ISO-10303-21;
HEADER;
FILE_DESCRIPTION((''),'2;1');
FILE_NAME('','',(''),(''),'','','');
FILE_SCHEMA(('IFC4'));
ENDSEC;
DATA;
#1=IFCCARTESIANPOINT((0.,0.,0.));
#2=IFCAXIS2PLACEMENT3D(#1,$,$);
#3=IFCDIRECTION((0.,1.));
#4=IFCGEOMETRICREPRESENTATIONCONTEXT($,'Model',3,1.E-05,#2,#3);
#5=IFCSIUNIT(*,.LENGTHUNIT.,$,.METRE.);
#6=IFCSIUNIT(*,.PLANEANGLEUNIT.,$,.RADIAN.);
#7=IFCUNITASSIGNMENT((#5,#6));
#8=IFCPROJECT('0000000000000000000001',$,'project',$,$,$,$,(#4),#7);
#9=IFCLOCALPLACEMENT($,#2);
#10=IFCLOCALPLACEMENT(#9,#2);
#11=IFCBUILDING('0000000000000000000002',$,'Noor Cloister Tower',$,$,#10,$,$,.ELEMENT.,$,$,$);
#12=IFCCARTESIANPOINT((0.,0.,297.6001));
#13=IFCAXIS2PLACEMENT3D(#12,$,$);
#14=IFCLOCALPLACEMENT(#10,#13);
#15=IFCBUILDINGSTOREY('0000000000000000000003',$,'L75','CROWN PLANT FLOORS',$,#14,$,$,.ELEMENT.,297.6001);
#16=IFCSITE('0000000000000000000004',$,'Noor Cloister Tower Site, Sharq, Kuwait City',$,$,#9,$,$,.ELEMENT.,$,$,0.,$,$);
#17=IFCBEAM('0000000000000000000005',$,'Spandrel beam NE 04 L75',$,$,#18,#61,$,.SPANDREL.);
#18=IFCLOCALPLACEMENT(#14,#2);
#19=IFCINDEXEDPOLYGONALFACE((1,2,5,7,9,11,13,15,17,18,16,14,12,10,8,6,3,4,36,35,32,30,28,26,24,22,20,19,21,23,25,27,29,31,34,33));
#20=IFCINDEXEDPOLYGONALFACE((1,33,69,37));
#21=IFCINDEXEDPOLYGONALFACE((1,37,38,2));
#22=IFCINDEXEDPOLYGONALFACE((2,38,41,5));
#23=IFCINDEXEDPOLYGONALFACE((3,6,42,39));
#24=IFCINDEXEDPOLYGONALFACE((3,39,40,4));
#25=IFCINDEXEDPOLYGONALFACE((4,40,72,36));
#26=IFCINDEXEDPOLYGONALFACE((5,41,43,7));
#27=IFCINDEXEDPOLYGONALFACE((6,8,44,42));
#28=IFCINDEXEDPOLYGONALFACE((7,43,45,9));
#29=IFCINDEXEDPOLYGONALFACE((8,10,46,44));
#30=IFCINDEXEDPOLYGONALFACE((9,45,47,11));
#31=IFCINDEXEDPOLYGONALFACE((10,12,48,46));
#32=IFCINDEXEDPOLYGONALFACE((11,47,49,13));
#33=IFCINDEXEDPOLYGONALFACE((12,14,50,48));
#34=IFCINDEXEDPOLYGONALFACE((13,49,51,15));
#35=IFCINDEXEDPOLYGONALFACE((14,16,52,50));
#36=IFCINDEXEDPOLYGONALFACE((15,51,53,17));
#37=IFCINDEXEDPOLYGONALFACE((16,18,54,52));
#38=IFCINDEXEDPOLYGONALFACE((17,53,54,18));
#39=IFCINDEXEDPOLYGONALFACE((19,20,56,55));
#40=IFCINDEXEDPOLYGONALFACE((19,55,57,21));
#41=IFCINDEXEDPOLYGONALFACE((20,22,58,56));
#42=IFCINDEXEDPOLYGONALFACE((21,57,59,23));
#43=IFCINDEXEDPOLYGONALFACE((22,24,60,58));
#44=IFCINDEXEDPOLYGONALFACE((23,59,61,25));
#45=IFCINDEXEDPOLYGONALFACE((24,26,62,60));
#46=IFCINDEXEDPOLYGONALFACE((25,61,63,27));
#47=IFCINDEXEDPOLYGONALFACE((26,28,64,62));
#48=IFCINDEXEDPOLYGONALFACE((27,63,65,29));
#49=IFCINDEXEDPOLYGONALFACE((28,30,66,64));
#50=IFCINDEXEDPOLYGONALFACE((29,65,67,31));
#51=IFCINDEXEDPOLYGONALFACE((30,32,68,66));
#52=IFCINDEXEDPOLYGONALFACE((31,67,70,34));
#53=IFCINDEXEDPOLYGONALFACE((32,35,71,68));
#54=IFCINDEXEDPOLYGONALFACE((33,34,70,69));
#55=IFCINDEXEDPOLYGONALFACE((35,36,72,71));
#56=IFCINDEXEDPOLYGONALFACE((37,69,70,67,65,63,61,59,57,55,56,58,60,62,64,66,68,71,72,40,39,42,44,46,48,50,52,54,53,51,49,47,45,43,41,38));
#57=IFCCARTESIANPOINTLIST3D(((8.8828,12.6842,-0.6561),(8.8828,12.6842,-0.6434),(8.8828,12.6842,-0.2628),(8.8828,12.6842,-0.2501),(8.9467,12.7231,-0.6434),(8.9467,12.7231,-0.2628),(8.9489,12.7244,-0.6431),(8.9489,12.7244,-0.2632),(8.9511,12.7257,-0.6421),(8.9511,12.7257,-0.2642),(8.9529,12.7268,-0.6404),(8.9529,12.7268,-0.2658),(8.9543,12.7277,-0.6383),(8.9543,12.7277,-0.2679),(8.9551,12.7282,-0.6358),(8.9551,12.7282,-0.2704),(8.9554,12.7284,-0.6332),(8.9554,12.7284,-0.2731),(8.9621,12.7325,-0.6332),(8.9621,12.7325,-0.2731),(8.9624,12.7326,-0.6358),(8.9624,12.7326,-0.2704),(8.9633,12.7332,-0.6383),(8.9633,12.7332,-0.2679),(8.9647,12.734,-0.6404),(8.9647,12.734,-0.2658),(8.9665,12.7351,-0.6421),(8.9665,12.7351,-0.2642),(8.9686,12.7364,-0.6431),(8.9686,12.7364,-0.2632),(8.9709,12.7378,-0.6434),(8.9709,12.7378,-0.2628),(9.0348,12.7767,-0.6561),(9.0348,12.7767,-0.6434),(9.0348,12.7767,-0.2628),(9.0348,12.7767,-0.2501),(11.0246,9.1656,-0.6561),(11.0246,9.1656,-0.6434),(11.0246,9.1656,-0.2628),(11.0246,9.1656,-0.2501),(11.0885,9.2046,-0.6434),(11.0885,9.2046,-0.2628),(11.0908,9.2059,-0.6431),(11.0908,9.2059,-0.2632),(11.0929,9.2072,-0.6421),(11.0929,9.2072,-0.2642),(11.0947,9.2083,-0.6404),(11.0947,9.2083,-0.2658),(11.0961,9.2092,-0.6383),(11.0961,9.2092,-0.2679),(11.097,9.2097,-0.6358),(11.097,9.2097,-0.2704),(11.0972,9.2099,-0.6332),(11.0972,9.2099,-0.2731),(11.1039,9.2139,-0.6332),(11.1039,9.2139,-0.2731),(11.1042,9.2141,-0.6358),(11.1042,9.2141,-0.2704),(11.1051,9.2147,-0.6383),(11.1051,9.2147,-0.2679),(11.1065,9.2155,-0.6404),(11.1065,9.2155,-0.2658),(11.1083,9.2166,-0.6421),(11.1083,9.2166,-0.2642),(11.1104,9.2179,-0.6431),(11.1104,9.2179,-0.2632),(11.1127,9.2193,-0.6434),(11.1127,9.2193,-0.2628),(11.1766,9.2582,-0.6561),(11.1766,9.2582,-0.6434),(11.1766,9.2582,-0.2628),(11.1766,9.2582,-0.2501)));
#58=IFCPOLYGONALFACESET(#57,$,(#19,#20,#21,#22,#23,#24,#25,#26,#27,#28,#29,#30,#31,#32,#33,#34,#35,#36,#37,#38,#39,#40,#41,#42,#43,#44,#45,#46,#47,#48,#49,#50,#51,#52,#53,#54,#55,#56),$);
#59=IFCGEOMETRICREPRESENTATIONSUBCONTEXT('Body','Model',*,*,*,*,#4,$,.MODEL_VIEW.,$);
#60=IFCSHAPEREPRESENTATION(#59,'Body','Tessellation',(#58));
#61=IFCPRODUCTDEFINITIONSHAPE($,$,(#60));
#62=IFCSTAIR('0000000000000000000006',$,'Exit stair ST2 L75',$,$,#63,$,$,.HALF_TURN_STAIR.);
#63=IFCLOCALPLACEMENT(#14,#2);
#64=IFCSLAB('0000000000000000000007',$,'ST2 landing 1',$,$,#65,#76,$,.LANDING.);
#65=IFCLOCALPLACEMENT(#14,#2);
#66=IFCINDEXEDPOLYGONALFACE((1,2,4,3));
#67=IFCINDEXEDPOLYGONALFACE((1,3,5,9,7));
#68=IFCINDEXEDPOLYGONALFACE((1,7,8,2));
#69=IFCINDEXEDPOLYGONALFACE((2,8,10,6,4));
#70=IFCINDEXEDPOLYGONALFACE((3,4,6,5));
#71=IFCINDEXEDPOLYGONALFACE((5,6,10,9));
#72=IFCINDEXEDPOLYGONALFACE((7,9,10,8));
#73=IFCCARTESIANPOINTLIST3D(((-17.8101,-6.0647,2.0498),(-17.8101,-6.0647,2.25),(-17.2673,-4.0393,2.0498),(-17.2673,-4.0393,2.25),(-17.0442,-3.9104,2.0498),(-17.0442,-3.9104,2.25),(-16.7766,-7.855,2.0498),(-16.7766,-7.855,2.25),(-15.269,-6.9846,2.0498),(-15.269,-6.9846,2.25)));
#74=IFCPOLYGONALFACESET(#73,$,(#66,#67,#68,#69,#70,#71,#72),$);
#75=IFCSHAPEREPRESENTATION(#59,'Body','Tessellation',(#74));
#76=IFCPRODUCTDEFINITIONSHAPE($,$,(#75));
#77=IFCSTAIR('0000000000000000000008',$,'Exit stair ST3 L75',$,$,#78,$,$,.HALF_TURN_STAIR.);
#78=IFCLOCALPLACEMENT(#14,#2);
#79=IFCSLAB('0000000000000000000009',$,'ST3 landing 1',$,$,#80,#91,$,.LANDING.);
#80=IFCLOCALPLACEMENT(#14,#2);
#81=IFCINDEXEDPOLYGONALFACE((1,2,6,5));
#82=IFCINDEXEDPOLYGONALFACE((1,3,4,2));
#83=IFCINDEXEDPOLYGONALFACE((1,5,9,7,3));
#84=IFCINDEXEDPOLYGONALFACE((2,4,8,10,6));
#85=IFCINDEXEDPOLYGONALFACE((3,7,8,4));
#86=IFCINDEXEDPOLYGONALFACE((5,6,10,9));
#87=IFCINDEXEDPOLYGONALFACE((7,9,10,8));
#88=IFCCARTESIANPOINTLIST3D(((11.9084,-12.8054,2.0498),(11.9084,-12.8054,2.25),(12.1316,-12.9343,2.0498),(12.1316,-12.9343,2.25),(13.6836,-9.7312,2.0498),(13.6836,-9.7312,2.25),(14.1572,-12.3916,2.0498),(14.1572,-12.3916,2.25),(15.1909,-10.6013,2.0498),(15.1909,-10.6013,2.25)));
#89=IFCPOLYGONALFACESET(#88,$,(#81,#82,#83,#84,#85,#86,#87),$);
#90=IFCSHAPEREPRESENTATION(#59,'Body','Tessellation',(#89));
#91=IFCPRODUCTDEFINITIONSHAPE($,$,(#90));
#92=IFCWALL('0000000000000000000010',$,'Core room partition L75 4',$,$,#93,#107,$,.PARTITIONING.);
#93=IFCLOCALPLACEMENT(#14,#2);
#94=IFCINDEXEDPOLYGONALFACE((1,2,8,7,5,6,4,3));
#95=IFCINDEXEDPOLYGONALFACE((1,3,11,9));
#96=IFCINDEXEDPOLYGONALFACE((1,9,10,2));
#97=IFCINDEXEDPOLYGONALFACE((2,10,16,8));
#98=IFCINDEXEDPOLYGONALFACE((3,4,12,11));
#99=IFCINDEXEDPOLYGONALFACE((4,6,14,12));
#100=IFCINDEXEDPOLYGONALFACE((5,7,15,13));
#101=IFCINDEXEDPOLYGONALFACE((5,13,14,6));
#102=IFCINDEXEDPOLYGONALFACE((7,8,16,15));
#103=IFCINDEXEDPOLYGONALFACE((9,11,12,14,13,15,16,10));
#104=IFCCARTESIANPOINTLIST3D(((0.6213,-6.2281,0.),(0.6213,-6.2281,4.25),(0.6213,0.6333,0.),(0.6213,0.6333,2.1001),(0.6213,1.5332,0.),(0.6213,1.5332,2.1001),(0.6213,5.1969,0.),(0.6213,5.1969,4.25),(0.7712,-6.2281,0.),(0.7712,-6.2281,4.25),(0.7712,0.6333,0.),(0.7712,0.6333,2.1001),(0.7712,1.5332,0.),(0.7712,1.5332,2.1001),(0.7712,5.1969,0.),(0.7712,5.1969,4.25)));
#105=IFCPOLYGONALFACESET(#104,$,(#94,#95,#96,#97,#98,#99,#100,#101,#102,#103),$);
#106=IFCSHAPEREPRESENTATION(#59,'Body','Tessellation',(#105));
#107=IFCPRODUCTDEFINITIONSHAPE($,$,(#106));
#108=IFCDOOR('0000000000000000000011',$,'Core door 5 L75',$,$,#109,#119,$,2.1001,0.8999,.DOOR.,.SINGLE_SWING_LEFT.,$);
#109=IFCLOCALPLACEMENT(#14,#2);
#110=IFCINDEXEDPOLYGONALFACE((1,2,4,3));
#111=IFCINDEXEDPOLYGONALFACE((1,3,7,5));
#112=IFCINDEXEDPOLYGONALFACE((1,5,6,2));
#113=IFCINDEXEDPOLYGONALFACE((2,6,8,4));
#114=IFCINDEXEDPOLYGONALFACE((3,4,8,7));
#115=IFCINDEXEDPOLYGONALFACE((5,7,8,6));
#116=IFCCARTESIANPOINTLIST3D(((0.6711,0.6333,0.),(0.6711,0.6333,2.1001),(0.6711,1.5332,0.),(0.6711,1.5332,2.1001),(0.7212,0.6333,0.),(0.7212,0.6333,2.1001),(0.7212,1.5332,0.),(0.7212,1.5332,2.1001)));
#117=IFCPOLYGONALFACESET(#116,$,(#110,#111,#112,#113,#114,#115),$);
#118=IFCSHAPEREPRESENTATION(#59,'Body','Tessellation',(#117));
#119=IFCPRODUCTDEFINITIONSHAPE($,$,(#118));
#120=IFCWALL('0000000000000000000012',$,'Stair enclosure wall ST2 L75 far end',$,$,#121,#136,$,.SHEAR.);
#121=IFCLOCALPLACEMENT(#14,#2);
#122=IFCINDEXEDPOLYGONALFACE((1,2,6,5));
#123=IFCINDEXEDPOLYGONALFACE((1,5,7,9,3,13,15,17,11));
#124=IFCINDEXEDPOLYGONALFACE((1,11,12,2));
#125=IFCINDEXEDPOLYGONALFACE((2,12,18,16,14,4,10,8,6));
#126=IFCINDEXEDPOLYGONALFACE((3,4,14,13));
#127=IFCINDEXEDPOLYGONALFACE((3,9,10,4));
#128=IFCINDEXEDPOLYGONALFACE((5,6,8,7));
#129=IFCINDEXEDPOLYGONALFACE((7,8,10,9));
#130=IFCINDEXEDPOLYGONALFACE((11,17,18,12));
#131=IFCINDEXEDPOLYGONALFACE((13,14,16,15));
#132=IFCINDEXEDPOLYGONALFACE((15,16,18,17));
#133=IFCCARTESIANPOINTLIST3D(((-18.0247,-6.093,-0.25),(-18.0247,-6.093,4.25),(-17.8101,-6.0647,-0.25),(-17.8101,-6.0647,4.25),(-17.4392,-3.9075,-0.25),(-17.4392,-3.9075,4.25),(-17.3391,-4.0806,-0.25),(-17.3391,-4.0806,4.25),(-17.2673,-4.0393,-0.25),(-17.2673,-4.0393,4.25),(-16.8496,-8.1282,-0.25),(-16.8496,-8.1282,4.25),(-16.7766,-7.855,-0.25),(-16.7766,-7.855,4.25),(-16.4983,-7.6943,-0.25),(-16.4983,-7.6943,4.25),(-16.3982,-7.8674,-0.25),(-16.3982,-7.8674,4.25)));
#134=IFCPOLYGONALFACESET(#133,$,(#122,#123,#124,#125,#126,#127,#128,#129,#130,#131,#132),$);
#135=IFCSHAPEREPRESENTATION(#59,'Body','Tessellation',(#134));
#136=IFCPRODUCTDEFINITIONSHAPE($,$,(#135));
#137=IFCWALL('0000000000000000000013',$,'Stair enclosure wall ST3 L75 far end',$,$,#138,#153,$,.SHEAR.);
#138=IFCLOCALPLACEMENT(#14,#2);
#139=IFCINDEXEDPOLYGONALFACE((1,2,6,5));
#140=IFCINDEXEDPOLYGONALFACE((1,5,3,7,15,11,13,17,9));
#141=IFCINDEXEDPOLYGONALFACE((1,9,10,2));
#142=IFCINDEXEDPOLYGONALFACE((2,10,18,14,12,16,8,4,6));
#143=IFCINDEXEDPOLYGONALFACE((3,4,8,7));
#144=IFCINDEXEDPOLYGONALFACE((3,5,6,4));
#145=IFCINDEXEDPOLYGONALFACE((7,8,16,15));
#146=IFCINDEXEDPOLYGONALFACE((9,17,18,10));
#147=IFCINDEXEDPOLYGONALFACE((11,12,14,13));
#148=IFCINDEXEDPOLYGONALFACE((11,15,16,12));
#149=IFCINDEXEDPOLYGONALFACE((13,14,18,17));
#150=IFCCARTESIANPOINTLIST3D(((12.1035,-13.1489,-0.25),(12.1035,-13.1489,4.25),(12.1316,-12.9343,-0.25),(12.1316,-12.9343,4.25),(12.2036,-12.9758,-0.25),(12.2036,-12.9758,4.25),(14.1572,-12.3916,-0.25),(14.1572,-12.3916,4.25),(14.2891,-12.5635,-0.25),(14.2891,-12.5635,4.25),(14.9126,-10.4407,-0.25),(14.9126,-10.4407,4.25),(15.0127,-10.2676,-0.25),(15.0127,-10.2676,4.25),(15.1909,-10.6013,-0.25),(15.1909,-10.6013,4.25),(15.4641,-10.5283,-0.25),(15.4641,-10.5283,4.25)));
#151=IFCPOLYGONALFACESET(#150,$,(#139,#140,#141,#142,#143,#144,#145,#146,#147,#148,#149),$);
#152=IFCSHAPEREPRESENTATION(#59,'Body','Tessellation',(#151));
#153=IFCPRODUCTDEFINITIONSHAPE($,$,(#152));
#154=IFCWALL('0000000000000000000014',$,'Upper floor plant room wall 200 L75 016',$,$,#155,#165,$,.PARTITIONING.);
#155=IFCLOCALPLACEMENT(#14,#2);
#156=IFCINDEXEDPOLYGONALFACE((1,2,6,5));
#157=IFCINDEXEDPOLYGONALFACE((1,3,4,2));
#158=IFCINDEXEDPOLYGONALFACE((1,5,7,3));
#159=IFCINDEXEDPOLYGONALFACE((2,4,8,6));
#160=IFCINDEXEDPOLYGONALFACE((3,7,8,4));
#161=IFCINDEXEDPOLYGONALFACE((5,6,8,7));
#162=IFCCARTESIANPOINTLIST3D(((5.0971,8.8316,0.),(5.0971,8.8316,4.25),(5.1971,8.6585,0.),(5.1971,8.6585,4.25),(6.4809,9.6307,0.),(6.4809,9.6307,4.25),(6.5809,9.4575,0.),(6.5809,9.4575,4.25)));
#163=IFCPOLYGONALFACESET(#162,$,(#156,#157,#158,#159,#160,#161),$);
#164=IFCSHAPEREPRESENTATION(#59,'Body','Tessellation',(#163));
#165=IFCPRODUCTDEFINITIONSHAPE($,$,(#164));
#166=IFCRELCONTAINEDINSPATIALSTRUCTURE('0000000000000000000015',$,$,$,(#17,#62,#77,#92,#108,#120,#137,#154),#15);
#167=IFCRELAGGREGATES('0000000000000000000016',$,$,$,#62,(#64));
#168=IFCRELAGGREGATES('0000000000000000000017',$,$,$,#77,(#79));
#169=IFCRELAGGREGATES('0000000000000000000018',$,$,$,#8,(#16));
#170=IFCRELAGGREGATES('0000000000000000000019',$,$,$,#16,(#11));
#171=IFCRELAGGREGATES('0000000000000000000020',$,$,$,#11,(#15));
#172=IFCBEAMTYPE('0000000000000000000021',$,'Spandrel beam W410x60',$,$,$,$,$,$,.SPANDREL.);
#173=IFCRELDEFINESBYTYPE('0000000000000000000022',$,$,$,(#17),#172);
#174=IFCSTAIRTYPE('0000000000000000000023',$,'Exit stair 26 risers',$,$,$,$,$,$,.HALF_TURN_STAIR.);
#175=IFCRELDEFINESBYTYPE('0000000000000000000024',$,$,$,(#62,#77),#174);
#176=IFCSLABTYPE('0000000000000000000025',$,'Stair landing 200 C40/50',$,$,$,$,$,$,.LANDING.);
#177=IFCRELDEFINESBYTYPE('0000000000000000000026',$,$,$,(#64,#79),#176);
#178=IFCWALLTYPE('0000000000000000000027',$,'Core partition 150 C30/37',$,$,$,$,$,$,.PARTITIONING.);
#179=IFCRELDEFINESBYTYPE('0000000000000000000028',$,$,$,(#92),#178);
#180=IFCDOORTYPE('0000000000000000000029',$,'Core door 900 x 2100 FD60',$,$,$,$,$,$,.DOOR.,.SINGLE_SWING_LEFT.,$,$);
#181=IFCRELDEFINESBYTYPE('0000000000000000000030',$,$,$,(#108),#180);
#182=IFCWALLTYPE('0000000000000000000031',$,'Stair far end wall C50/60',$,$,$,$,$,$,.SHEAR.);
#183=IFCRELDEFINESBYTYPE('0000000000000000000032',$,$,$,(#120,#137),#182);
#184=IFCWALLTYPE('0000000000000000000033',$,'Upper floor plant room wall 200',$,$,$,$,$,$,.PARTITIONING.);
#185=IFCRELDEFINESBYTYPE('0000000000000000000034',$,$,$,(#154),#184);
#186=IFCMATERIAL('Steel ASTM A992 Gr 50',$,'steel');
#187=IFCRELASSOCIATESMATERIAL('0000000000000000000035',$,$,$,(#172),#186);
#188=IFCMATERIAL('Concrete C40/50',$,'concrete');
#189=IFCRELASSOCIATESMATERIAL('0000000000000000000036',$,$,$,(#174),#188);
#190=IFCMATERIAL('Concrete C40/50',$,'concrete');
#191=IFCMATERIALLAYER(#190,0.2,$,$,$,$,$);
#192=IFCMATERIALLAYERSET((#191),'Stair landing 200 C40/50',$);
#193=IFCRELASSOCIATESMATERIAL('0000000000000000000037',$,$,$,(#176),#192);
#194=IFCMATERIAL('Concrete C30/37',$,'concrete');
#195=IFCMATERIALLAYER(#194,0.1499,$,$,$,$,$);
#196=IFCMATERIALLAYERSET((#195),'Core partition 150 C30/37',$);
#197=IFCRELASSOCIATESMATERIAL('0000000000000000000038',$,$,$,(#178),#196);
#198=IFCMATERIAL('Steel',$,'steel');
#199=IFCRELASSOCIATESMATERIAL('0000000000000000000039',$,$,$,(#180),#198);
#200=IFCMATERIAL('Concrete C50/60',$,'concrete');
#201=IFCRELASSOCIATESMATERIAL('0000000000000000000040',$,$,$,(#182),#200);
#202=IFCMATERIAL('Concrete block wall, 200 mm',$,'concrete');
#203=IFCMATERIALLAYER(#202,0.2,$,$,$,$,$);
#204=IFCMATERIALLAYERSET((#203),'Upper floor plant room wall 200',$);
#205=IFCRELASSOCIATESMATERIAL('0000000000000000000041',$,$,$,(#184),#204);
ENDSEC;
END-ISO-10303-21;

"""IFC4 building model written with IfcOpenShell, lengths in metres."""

from ifc_helpers import new_model, si_unit, direction, frame, frame_2d, origin, origin_2d, place, context, subcontext, project, spatial, polyline, rectangle, i_section, outline, extrude, material, layer, layer_set, material_profile, profile_set, type_object, element, fill, aggregate, save


model = new_model("IFC4")

# Units and contexts
model_context = context("Model", 3, precision=1e-05, world=origin(), true_north=direction((0.0, 1.0)))
body_context = subcontext(model_context, "Body", "Model", "MODEL_VIEW")
ifc_project = project(units=[si_unit("LENGTHUNIT", "METRE"), si_unit("PLANEANGLEUNIT", "RADIAN")], contexts=[model_context])

# Site, building, storey
site_placement = place(None, origin())
site = spatial("IfcSite", under=ifc_project, at=site_placement, Name="Noor Cloister Tower Site, Sharq, Kuwait City", CompositionType="ELEMENT", RefElevation=0.0)
building_placement = place(site_placement, origin())
building = spatial("IfcBuilding", under=site, at=building_placement, Name="Noor Cloister Tower", CompositionType="ELEMENT")
storey_placement = place(building_placement, frame((0.0, 0.0, 297.6001)))
storey = spatial("IfcBuildingStorey", under=building, at=storey_placement, Name="L75", Description="CROWN PLANT FLOORS", CompositionType="ELEMENT", Elevation=297.6001)

# Beam
ifc_material_1 = material(Name="Steel ASTM A992 Gr 50", Category="steel")
ifc_material_profile_1 = material_profile(ifc_material_1, i_section(OverallWidth=0.178, OverallDepth=0.406, WebThickness=0.0078, FlangeThickness=0.0127, FilletRadius=0.0103, at=origin_2d()), Name="W410x60")
ifc_profile_set_1 = profile_set([ifc_material_profile_1], Name="Steel ASTM A992 Gr 50")
beam_type_1 = type_object("IfcBeamType", Name="Spandrel beam W410x60", PredefinedType="SPANDREL", material=ifc_profile_set_1)
for number, where, z_axis, x_axis, name in (
    (1, (11.1006, 9.2119, -0.4531), (-0.519968, 0.854186, 0.0), (-0.854186, -0.519968, 0.0), "Spandrel beam NE 04 L75"),
):
    element("IfcBeam", number, at=place(storey_placement, frame(where, z_axis=z_axis, x_axis=x_axis)), inside=storey, type_object=beam_type_1, Name=name, PredefinedType="SPANDREL", context=body_context, shape_type="SweptSolid", body=[
        extrude(i_section(OverallWidth=0.178, OverallDepth=0.406, WebThickness=0.0078, FlangeThickness=0.0127, FilletRadius=0.0103, at=origin_2d()), origin(), (0.0, 0.0, 1.0), 4.1191),
    ])

# Stairs, slabs
ifc_material_2 = material(Name="Concrete C40/50", Category="concrete")
stair_type = type_object("IfcStairType", Name="Exit stair 26 risers", PredefinedType="HALF_TURN_STAIR", material=ifc_material_2)
stair_1_placement = place(storey_placement, origin())
stair_1 = element("IfcStair", 2, at=stair_1_placement, inside=storey, type_object=stair_type, Name="Exit stair ST2 L75", PredefinedType="HALF_TURN_STAIR")
ifc_material_3 = material(Name="Concrete C40/50", Category="concrete")
ifc_layer_1 = layer(ifc_material_3, 0.2)
ifc_layer_set_1 = layer_set([ifc_layer_1], Name="Stair landing 200 C40/50")
slab_type = type_object("IfcSlabType", Name="Stair landing 200 C40/50", PredefinedType="LANDING", material=ifc_layer_set_1)
slab_1_placement = place(storey_placement, frame((0.0, 0.0, 2.0498)))
slab_1 = element("IfcSlab", 3, at=slab_1_placement, type_object=slab_type, Name="ST2 landing 1", PredefinedType="LANDING", context=body_context, shape_type="SweptSolid", body=[
    extrude(outline(polyline([(-17.0442, -3.9104), (-17.2673, -4.0393), (-17.8101, -6.0647), (-16.7766, -7.855), (-15.269, -6.9846), (-17.0442, -3.9104)])), origin(), (0.0, 0.0, 1.0), 0.2002),
])
aggregate(stair_1, [slab_1])
stair_2_placement = place(storey_placement, origin())
stair_2 = element("IfcStair", 4, at=stair_2_placement, inside=storey, type_object=stair_type, Name="Exit stair ST3 L75", PredefinedType="HALF_TURN_STAIR")
slab_2_placement = place(storey_placement, frame((0.0, 0.0, 2.0498)))
slab_2 = element("IfcSlab", 5, at=slab_2_placement, type_object=slab_type, Name="ST3 landing 1", PredefinedType="LANDING", context=body_context, shape_type="SweptSolid", body=[
    extrude(outline(polyline([(11.9084, -12.8054), (12.1316, -12.9343), (14.1572, -12.3916), (15.1909, -10.6013), (13.6836, -9.7312), (11.9084, -12.8054)])), origin(), (0.0, 0.0, 1.0), 0.2002),
])
aggregate(stair_2, [slab_2])

# Wall, opening, door
ifc_material_4 = material(Name="Concrete C30/37", Category="concrete")
ifc_layer_2 = layer(ifc_material_4, 0.1499)
ifc_layer_set_2 = layer_set([ifc_layer_2], Name="Core partition 150 C30/37")
wall_type_1 = type_object("IfcWallType", Name="Core partition 150 C30/37", PredefinedType="PARTITIONING", material=ifc_layer_set_2)
wall_1_placement = place(storey_placement, frame((0.6963, 5.1968, 0.0), z_axis=(0.0, 0.0, 1.0), x_axis=(0.0, -1.0, 0.0)))
wall_1 = element("IfcWall", 6, at=wall_1_placement, inside=storey, type_object=wall_type_1, Name="Core room partition L75 4", PredefinedType="PARTITIONING", context=body_context, shape_type="SweptSolid", body=[
    extrude(rectangle(XDim=11.425, YDim=0.1499, at=frame_2d((5.7124, 0.0))), origin(), (0.0, 0.0, 1.0), 4.25),
])
opening_1_placement = place(wall_1_placement, frame((3.6636, 0.0, 0.0)))
opening_1 = element("IfcOpeningElement", 7, at=opening_1_placement, cuts=wall_1, PredefinedType="OPENING", context=body_context, shape_type="SweptSolid", body=[
    extrude(rectangle(XDim=0.8999, YDim=2.1001, at=frame_2d((0.45, 1.05))), frame((0.0, 0.085, 0.0), z_axis=(0.0, -1.0, 0.0), x_axis=(1.0, 0.0, 0.0)), (0.0, 0.0, 1.0), 0.1699),
])
ifc_material_5 = material(Name="Steel", Category="steel")
door_type_1 = type_object("IfcDoorType", Name="Core door 900 x 2100 FD60", OperationType="SINGLE_SWING_LEFT", PredefinedType="DOOR", material=ifc_material_5)
door_1_placement = place(opening_1_placement, origin())
door_1 = element("IfcDoor", 8, at=door_1_placement, inside=storey, type_object=door_type_1, Name="Core door 5 L75", OperationType="SINGLE_SWING_LEFT", OverallHeight=2.1001, OverallWidth=0.8999, PredefinedType="DOOR", context=body_context, shape_type="SweptSolid", body=[
    extrude(rectangle(XDim=0.8999, YDim=2.1001, at=frame_2d((0.45, 1.05))), frame((0.0, 0.0249, 0.0), z_axis=(0.0, -1.0, 0.0), x_axis=(1.0, 0.0, 0.0)), (0.0, 0.0, 1.0), 0.05),
])
fill(opening_1, door_1)

# Walls
ifc_material_6 = material(Name="Concrete C50/60", Category="concrete")
wall_type_2 = type_object("IfcWallType", Name="Stair far end wall C50/60", PredefinedType="SHEAR", material=ifc_material_6)
wall_2_placement = place(storey_placement, frame((0.0, 0.0, -0.25)))
element("IfcWall", 9, at=wall_2_placement, inside=storey, type_object=wall_type_2, Name="Stair enclosure wall ST2 L75 far end", PredefinedType="SHEAR", context=body_context, shape_type="SweptSolid", body=[
    extrude(outline(polyline([(-17.4392, -3.9075), (-18.0247, -6.093), (-16.8496, -8.1282), (-16.3982, -7.8674), (-16.4983, -7.6943), (-16.4983, -7.6943), (-16.7766, -7.855), (-17.8101, -6.0647), (-17.2673, -4.0393), (-17.3391, -4.0806), (-17.3391, -4.0806), (-17.3391, -4.0806), (-17.3391, -4.0806), (-17.3391, -4.0806), (-17.3391, -4.0806), (-17.3391, -4.0806), (-17.3391, -4.0806), (-17.3391, -4.0806), (-17.3391, -4.0806), (-17.3391, -4.0806), (-17.3391, -4.0806), (-17.3391, -4.0806), (-17.3391, -4.0806), (-17.3391, -4.0806), (-17.3391, -4.0806), (-17.3391, -4.0806), (-17.4392, -3.9075)])), origin(), (0.0, 0.0, 1.0), 4.5),
])
wall_3_placement = place(storey_placement, frame((0.0, 0.0, -0.25)))
element("IfcWall", 10, at=wall_3_placement, inside=storey, type_object=wall_type_2, Name="Stair enclosure wall ST3 L75 far end", PredefinedType="SHEAR", context=body_context, shape_type="SweptSolid", body=[
    extrude(outline(polyline([(12.1035, -13.1489), (14.2891, -12.5635), (15.4641, -10.5283), (15.0127, -10.2676), (14.9126, -10.4407), (15.1909, -10.6013), (14.1572, -12.3916), (12.1316, -12.9343), (12.2036, -12.9758), (12.2036, -12.9758), (12.2036, -12.9758), (12.2036, -12.9758), (12.2036, -12.9758), (12.2036, -12.9758), (12.2036, -12.9758), (12.2036, -12.9758), (12.2036, -12.9758), (12.2036, -12.9758), (12.2036, -12.9758), (12.2036, -12.9758), (12.2036, -12.9758), (12.2036, -12.9758), (12.2036, -12.9758), (12.2036, -12.9758), (12.2036, -12.9758), (12.1035, -13.1489)])), origin(), (0.0, 0.0, 1.0), 4.5),
])
ifc_material_7 = material(Name="Concrete block wall, 200 mm", Category="concrete")
ifc_layer_3 = layer(ifc_material_7, 0.2)
ifc_layer_set_3 = layer_set([ifc_layer_3], Name="Upper floor plant room wall 200")
wall_type_3 = type_object("IfcWallType", Name="Upper floor plant room wall 200", PredefinedType="PARTITIONING", material=ifc_layer_set_3)
wall_4_placement = place(storey_placement, frame((5.1472, 8.7451, 0.0), z_axis=(0.0, 0.0, 1.0), x_axis=(0.865987, 0.500066, 0.0)))
element("IfcWall", 11, at=wall_4_placement, inside=storey, type_object=wall_type_3, Name="Upper floor plant room wall 200 L75 016", PredefinedType="PARTITIONING", context=body_context, shape_type="SweptSolid", body=[
    extrude(rectangle(XDim=1.5979, YDim=0.2, at=frame_2d((0.7988, 0.0))), origin(), (0.0, 0.0, 1.0), 4.25),
])

save(model, "model.ifc")
